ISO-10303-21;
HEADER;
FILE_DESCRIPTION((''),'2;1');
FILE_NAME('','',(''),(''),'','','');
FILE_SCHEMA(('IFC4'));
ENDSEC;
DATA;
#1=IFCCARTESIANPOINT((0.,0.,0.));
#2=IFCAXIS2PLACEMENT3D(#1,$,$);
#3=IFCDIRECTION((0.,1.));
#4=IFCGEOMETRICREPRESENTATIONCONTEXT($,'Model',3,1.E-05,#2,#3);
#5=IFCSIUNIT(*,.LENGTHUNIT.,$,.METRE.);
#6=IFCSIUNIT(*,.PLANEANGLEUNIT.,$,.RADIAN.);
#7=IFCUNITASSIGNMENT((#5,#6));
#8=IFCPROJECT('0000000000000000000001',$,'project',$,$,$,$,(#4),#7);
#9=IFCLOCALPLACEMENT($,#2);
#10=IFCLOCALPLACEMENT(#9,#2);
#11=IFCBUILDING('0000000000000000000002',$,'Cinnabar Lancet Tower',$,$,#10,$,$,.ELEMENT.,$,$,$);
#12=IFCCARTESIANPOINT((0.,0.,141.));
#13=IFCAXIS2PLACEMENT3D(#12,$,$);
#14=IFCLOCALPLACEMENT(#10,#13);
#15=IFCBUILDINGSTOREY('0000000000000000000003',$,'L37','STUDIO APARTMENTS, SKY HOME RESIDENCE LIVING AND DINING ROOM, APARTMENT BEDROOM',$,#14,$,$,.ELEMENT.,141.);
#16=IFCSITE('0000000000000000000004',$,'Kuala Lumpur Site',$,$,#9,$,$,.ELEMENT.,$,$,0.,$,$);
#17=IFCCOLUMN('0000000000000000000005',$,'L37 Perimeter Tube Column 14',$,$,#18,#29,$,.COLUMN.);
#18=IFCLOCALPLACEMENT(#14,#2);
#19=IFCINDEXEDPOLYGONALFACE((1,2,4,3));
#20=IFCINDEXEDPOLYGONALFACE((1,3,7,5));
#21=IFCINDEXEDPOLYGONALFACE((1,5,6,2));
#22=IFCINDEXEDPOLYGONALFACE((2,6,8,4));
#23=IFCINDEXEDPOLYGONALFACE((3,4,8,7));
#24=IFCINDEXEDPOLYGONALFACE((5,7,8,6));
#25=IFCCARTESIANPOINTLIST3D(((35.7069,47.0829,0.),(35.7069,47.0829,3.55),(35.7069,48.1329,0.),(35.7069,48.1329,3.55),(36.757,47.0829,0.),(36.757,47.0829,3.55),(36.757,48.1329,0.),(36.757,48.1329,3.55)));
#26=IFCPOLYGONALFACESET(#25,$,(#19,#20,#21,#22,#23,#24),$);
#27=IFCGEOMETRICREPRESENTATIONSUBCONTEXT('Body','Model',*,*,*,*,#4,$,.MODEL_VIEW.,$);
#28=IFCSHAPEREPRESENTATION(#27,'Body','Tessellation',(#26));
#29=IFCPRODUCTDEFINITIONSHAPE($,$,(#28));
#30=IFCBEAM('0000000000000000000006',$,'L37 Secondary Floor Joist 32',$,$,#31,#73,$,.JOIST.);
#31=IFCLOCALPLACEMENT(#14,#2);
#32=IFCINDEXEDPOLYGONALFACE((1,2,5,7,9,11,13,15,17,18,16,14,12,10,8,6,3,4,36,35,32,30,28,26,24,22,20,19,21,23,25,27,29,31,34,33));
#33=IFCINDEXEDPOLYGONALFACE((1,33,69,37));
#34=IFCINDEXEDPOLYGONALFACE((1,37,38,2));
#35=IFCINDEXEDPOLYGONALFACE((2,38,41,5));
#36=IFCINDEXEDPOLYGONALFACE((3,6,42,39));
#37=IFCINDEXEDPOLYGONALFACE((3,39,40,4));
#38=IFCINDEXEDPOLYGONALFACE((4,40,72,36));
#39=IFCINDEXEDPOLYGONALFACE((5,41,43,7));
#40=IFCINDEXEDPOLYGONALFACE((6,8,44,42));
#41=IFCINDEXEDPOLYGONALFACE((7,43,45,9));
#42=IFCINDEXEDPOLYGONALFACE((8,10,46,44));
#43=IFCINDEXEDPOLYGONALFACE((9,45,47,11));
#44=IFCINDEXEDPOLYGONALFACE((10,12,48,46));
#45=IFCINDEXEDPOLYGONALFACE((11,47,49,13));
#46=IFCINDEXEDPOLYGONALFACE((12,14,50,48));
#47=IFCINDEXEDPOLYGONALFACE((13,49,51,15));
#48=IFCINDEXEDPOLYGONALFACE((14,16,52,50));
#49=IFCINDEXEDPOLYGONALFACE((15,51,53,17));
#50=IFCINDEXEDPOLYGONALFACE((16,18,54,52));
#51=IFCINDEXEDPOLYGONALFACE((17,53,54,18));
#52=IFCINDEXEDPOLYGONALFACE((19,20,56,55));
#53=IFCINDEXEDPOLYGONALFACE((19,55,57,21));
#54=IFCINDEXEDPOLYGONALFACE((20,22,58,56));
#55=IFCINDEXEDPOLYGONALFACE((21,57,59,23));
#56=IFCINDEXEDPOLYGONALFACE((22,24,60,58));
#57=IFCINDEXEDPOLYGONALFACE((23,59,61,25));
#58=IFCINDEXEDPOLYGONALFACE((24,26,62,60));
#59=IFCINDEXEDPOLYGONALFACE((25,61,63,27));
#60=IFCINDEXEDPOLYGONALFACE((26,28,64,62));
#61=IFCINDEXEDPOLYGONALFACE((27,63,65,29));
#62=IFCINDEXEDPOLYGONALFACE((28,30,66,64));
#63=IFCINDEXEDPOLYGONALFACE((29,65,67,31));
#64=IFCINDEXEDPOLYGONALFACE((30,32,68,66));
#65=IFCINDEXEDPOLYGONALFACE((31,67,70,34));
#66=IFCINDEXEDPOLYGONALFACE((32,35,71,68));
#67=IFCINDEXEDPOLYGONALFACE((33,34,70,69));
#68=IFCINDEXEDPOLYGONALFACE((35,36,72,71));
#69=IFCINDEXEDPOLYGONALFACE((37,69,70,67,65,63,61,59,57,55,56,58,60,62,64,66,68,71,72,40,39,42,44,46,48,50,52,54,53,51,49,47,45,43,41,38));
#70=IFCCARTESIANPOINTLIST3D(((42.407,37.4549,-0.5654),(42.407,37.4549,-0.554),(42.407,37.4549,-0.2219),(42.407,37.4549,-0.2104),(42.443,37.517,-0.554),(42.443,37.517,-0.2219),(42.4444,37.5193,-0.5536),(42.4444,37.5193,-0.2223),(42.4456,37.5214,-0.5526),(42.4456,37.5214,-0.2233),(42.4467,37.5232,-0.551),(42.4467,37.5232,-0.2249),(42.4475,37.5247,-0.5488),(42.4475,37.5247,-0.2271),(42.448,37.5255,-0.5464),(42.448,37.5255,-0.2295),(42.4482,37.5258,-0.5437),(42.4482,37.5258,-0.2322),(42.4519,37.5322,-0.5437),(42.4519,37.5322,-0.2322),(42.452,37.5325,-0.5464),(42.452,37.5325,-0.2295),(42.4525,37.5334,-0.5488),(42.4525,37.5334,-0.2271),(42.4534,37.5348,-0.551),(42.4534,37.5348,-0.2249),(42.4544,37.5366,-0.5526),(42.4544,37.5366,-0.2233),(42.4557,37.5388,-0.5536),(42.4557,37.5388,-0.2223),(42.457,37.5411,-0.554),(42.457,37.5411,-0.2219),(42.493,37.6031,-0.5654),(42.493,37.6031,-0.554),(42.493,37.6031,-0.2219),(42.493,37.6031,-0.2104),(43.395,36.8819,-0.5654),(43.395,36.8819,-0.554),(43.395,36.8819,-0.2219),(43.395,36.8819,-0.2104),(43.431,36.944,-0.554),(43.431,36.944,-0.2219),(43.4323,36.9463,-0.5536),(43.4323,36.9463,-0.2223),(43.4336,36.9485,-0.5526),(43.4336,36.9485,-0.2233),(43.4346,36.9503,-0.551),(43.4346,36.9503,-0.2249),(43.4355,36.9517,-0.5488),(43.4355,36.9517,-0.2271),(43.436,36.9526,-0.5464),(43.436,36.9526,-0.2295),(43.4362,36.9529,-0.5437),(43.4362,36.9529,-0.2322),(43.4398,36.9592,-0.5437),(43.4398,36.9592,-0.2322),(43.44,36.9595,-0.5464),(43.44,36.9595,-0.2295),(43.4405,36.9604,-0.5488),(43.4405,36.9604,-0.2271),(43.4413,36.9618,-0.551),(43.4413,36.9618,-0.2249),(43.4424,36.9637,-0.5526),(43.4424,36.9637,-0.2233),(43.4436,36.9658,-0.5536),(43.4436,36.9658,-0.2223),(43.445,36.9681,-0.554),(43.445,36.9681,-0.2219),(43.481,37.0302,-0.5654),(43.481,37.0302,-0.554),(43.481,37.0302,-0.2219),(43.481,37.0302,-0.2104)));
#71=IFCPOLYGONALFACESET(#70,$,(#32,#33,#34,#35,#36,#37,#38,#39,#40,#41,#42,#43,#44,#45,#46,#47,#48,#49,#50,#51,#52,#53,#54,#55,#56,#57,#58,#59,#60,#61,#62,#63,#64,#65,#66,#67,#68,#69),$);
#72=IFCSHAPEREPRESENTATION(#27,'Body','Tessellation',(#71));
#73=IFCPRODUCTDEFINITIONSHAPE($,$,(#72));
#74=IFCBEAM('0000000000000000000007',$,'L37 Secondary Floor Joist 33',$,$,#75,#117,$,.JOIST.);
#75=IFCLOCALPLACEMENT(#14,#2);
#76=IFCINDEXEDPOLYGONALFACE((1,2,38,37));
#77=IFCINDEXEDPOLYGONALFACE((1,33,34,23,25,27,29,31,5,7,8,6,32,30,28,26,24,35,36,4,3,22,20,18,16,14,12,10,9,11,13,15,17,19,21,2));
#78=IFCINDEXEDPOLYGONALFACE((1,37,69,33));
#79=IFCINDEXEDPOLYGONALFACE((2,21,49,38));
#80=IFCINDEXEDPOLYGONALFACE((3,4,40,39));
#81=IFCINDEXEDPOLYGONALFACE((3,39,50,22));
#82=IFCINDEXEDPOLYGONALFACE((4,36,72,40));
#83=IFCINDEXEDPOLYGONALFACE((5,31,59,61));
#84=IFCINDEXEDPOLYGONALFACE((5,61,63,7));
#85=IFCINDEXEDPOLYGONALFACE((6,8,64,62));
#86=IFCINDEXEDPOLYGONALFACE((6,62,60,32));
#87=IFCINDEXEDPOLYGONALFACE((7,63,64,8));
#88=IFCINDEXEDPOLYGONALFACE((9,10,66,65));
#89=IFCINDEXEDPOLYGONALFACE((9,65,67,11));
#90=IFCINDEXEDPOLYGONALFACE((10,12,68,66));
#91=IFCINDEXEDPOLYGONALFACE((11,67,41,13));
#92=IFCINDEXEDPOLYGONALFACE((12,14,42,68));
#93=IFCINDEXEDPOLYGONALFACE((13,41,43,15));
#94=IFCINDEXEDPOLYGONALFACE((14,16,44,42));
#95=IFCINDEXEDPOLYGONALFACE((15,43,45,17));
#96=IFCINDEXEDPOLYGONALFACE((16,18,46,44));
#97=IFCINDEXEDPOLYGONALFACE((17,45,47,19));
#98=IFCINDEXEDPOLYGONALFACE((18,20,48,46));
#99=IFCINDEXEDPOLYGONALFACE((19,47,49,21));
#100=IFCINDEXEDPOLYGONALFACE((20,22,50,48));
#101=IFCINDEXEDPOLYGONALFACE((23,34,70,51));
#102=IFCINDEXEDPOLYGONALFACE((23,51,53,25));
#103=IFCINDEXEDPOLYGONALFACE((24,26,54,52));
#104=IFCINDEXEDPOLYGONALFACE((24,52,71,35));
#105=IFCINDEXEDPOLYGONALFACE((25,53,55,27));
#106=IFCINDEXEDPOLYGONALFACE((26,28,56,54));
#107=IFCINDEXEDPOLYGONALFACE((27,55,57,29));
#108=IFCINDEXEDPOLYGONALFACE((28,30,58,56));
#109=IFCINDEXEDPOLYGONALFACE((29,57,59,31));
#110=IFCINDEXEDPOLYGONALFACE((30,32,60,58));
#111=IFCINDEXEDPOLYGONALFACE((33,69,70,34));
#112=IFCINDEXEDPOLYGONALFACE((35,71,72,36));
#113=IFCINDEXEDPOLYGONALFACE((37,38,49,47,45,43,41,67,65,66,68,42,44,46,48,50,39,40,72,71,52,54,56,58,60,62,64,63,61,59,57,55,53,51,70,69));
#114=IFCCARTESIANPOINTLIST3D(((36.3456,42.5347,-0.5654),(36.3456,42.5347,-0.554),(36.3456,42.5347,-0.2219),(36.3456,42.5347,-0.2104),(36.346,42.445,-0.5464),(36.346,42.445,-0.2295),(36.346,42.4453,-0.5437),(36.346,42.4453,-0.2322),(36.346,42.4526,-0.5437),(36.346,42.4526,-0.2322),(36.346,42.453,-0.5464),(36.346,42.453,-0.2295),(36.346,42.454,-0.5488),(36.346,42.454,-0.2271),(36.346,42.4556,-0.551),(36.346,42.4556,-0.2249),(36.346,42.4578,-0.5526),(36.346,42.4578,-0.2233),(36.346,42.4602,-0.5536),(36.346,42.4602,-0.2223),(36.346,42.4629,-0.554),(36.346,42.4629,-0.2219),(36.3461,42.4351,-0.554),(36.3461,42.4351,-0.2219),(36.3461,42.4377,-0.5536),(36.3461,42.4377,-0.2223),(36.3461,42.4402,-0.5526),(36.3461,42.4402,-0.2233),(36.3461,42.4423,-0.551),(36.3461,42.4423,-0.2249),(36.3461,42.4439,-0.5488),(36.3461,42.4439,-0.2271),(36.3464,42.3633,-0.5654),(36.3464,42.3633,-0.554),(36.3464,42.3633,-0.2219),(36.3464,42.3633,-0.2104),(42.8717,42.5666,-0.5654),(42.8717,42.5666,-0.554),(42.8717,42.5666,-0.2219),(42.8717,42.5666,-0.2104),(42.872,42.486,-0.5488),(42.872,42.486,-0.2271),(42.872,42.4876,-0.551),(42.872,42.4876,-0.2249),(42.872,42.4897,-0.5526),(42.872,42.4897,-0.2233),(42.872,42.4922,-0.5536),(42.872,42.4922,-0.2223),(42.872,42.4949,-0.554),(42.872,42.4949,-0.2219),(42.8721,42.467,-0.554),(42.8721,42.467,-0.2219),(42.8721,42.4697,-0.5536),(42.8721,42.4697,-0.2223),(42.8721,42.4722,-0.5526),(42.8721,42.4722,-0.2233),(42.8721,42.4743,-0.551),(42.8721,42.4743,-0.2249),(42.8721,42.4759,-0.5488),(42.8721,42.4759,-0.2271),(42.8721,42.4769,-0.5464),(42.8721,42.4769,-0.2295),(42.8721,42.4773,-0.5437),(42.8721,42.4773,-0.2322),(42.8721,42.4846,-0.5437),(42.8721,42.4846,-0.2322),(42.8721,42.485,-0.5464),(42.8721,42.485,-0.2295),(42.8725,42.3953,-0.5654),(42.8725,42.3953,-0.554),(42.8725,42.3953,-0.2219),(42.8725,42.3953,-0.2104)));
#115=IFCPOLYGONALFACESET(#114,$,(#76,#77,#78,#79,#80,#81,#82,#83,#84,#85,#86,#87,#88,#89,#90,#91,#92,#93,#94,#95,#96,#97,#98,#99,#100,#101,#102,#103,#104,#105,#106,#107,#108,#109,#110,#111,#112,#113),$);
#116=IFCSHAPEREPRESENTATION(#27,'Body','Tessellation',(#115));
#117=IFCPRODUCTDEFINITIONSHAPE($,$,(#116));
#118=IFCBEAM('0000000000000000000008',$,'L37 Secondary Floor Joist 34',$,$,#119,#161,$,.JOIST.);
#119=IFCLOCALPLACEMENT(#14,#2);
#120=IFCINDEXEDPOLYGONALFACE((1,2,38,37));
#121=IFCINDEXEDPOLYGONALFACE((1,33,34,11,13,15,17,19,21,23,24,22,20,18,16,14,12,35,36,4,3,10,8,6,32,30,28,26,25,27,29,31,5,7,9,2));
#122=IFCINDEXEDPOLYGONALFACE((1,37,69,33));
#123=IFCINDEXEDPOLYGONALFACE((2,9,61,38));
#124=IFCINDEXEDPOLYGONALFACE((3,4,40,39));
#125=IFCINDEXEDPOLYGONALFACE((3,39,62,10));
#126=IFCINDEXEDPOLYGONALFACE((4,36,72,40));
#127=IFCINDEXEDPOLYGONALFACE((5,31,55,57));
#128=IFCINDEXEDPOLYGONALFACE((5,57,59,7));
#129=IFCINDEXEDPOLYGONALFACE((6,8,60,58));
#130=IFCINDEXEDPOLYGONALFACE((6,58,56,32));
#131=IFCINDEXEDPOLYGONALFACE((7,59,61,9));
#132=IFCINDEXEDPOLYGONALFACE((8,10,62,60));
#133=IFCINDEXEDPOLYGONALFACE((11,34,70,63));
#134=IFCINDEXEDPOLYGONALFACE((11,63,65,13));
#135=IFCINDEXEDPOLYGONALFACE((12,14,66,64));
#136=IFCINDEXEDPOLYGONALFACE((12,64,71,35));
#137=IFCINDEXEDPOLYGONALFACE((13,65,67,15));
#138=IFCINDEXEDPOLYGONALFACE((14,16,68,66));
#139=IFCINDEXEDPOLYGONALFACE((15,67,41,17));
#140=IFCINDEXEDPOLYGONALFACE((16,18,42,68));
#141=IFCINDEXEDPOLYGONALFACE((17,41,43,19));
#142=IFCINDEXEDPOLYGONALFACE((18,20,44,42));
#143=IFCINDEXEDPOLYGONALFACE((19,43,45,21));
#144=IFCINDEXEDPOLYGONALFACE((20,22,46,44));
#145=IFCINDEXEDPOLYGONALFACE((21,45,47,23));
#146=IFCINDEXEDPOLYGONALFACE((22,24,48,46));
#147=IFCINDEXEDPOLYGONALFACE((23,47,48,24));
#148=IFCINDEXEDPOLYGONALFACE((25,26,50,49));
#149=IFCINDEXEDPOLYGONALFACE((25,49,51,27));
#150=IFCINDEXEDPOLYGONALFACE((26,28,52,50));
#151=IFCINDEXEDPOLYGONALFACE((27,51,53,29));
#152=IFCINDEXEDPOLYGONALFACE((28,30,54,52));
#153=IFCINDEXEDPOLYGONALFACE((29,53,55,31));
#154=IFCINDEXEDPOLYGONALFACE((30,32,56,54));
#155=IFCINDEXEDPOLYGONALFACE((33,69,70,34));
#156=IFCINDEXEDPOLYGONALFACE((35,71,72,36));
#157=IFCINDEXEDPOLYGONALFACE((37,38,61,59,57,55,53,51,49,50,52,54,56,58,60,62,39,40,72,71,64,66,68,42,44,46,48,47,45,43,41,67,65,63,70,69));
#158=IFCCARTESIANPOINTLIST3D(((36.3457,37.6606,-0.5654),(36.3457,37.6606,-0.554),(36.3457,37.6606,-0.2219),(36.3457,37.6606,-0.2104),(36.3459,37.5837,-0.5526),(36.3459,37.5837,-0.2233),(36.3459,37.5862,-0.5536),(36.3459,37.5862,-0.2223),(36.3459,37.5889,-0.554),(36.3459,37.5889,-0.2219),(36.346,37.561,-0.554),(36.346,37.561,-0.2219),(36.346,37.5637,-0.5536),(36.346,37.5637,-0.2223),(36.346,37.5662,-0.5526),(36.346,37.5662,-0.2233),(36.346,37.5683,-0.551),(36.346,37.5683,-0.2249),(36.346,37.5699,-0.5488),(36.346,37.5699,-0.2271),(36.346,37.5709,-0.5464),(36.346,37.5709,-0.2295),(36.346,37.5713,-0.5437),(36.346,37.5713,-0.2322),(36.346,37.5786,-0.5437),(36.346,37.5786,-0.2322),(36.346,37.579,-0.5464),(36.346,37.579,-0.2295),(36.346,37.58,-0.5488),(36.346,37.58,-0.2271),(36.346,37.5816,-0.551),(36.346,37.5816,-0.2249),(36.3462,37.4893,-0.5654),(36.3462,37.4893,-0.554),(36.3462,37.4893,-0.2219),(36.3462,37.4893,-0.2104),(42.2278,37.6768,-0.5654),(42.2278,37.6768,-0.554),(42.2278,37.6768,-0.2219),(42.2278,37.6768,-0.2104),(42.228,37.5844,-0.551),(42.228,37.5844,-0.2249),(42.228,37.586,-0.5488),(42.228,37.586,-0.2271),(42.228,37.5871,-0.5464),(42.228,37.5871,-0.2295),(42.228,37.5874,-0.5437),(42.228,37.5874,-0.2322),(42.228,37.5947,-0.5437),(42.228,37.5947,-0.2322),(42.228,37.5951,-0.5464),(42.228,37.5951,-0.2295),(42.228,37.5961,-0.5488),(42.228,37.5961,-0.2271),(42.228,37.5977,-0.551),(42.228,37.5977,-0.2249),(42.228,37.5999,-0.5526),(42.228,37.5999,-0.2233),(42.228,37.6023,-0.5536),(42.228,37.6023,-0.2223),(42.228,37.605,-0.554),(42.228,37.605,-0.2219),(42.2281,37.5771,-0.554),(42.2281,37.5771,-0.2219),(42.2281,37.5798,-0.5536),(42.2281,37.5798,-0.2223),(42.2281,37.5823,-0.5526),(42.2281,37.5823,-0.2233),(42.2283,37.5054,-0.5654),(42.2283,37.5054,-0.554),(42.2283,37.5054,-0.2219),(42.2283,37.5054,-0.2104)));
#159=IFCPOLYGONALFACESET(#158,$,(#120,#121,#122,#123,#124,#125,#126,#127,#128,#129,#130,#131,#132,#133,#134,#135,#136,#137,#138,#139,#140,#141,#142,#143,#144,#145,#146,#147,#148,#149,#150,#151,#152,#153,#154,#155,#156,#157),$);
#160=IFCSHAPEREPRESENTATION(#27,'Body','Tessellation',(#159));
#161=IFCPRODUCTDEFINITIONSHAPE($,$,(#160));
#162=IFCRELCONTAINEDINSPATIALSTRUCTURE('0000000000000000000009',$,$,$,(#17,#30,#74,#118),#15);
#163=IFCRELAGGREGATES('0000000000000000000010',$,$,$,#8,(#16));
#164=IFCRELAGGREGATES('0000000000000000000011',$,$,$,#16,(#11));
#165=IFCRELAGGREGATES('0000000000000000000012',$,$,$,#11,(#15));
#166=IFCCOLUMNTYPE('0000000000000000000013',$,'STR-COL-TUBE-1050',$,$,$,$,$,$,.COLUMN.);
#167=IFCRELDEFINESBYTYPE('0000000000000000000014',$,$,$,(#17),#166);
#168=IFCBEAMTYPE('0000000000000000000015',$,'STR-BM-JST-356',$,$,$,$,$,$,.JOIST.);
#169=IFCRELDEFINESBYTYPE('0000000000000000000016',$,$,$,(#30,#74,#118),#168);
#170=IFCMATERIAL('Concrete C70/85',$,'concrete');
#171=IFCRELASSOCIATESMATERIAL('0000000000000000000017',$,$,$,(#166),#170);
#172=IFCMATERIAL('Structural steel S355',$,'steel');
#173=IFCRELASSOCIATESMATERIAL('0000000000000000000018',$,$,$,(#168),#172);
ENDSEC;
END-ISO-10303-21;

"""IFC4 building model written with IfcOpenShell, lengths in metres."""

from ifc_helpers import new_model, si_unit, direction, frame, origin, origin_2d, place, context, subcontext, project, spatial, rectangle, i_section, extrude, material, material_profile, profile_set, type_object, element, save


model = new_model("IFC4")

# Units and contexts
model_context = context("Model", 3, precision=1e-05, world=origin(), true_north=direction((0.0, 1.0)))
body_context = subcontext(model_context, "Body", "Model", "MODEL_VIEW")
ifc_project = project(units=[si_unit("LENGTHUNIT", "METRE"), si_unit("PLANEANGLEUNIT", "RADIAN")], contexts=[model_context])

# Site, building, storey
site_placement = place(None, origin())
site = spatial("IfcSite", under=ifc_project, at=site_placement, Name="Kuala Lumpur Site", CompositionType="ELEMENT", RefElevation=0.0)
building_placement = place(site_placement, origin())
building = spatial("IfcBuilding", under=site, at=building_placement, Name="Cinnabar Lancet Tower", CompositionType="ELEMENT")
storey_placement = place(building_placement, frame((0.0, 0.0, 141.0)))
storey = spatial("IfcBuildingStorey", under=building, at=storey_placement, Name="L37", Description="STUDIO APARTMENTS, SKY HOME RESIDENCE LIVING AND DINING ROOM, APARTMENT BEDROOM", CompositionType="ELEMENT", Elevation=141.0)

# Column
ifc_material_1 = material(Name="Concrete C70/85", Category="concrete")
ifc_material_profile_1 = material_profile(ifc_material_1, rectangle(XDim=1.05, YDim=1.05, at=origin_2d()), Name="RC-COL 1050x1050")
ifc_profile_set_1 = profile_set([ifc_material_profile_1], Name="Concrete C70/85")
column_type = type_object("IfcColumnType", Name="STR-COL-TUBE-1050", PredefinedType="COLUMN", material=ifc_profile_set_1)
column_placement = place(storey_placement, frame((36.2319, 47.6079, 0.0), z_axis=(0.0, 0.0, 1.0), x_axis=(1.0, 0.0, 0.0)))
element("IfcColumn", 1, at=column_placement, inside=storey, type_object=column_type, Name="L37 Perimeter Tube Column 14", PredefinedType="COLUMN", context=body_context, shape_type="SweptSolid", body=[
    extrude(rectangle(XDim=1.05, YDim=1.05, at=origin_2d()), origin(), (0.0, 0.0, 1.0), 3.55),
])

# Beams
ifc_material_2 = material(Name="Structural steel S355", Category="steel")
ifc_material_profile_2 = material_profile(ifc_material_2, i_section(OverallWidth=0.1714, OverallDepth=0.355, WebThickness=0.0073, FlangeThickness=0.0115, FilletRadius=0.0103, at=origin_2d()), Name="UKB 356x171x51")
ifc_profile_set_2 = profile_set([ifc_material_profile_2], Name="Structural steel S355")
beam_type_1 = type_object("IfcBeamType", Name="STR-BM-JST-356", PredefinedType="JOIST", material=ifc_profile_set_2)
beam_1_placement = place(storey_placement, frame((43.438, 36.9561, -0.3879), z_axis=(-0.865055, 0.501677, 0.0), x_axis=(-0.501677, -0.865055, 0.0)))
element("IfcBeam", 2, at=beam_1_placement, inside=storey, type_object=beam_type_1, Name="L37 Secondary Floor Joist 32", PredefinedType="JOIST", context=body_context, shape_type="SweptSolid", body=[
    extrude(i_section(OverallWidth=0.1714, OverallDepth=0.355, WebThickness=0.0073, FlangeThickness=0.0115, FilletRadius=0.0103, at=origin_2d()), origin(), (0.0, 0.0, 1.0), 1.1421),
])
beam_2_placement = place(storey_placement, frame((42.8721, 42.481, -0.3879), z_axis=(-0.999988, -0.004901, 0.0), x_axis=(0.004901, -0.999988, 0.0)))
element("IfcBeam", 3, at=beam_2_placement, inside=storey, type_object=beam_type_1, Name="L37 Secondary Floor Joist 33", PredefinedType="JOIST", context=body_context, shape_type="SweptSolid", body=[
    extrude(i_section(OverallWidth=0.1714, OverallDepth=0.355, WebThickness=0.0073, FlangeThickness=0.0115, FilletRadius=0.0103, at=origin_2d()), origin(), (0.0, 0.0, 1.0), 6.5261),
])
beam_3_placement = place(storey_placement, frame((42.228, 37.5911, -0.3879), z_axis=(-0.999996, -0.002739, 0.0), x_axis=(0.002739, -0.999996, 0.0)))
element("IfcBeam", 4, at=beam_3_placement, inside=storey, type_object=beam_type_1, Name="L37 Secondary Floor Joist 34", PredefinedType="JOIST", context=body_context, shape_type="SweptSolid", body=[
    extrude(i_section(OverallWidth=0.1714, OverallDepth=0.355, WebThickness=0.0073, FlangeThickness=0.0115, FilletRadius=0.0103, at=origin_2d()), origin(), (0.0, 0.0, 1.0), 5.8821),
])

save(model, "model.ifc")
